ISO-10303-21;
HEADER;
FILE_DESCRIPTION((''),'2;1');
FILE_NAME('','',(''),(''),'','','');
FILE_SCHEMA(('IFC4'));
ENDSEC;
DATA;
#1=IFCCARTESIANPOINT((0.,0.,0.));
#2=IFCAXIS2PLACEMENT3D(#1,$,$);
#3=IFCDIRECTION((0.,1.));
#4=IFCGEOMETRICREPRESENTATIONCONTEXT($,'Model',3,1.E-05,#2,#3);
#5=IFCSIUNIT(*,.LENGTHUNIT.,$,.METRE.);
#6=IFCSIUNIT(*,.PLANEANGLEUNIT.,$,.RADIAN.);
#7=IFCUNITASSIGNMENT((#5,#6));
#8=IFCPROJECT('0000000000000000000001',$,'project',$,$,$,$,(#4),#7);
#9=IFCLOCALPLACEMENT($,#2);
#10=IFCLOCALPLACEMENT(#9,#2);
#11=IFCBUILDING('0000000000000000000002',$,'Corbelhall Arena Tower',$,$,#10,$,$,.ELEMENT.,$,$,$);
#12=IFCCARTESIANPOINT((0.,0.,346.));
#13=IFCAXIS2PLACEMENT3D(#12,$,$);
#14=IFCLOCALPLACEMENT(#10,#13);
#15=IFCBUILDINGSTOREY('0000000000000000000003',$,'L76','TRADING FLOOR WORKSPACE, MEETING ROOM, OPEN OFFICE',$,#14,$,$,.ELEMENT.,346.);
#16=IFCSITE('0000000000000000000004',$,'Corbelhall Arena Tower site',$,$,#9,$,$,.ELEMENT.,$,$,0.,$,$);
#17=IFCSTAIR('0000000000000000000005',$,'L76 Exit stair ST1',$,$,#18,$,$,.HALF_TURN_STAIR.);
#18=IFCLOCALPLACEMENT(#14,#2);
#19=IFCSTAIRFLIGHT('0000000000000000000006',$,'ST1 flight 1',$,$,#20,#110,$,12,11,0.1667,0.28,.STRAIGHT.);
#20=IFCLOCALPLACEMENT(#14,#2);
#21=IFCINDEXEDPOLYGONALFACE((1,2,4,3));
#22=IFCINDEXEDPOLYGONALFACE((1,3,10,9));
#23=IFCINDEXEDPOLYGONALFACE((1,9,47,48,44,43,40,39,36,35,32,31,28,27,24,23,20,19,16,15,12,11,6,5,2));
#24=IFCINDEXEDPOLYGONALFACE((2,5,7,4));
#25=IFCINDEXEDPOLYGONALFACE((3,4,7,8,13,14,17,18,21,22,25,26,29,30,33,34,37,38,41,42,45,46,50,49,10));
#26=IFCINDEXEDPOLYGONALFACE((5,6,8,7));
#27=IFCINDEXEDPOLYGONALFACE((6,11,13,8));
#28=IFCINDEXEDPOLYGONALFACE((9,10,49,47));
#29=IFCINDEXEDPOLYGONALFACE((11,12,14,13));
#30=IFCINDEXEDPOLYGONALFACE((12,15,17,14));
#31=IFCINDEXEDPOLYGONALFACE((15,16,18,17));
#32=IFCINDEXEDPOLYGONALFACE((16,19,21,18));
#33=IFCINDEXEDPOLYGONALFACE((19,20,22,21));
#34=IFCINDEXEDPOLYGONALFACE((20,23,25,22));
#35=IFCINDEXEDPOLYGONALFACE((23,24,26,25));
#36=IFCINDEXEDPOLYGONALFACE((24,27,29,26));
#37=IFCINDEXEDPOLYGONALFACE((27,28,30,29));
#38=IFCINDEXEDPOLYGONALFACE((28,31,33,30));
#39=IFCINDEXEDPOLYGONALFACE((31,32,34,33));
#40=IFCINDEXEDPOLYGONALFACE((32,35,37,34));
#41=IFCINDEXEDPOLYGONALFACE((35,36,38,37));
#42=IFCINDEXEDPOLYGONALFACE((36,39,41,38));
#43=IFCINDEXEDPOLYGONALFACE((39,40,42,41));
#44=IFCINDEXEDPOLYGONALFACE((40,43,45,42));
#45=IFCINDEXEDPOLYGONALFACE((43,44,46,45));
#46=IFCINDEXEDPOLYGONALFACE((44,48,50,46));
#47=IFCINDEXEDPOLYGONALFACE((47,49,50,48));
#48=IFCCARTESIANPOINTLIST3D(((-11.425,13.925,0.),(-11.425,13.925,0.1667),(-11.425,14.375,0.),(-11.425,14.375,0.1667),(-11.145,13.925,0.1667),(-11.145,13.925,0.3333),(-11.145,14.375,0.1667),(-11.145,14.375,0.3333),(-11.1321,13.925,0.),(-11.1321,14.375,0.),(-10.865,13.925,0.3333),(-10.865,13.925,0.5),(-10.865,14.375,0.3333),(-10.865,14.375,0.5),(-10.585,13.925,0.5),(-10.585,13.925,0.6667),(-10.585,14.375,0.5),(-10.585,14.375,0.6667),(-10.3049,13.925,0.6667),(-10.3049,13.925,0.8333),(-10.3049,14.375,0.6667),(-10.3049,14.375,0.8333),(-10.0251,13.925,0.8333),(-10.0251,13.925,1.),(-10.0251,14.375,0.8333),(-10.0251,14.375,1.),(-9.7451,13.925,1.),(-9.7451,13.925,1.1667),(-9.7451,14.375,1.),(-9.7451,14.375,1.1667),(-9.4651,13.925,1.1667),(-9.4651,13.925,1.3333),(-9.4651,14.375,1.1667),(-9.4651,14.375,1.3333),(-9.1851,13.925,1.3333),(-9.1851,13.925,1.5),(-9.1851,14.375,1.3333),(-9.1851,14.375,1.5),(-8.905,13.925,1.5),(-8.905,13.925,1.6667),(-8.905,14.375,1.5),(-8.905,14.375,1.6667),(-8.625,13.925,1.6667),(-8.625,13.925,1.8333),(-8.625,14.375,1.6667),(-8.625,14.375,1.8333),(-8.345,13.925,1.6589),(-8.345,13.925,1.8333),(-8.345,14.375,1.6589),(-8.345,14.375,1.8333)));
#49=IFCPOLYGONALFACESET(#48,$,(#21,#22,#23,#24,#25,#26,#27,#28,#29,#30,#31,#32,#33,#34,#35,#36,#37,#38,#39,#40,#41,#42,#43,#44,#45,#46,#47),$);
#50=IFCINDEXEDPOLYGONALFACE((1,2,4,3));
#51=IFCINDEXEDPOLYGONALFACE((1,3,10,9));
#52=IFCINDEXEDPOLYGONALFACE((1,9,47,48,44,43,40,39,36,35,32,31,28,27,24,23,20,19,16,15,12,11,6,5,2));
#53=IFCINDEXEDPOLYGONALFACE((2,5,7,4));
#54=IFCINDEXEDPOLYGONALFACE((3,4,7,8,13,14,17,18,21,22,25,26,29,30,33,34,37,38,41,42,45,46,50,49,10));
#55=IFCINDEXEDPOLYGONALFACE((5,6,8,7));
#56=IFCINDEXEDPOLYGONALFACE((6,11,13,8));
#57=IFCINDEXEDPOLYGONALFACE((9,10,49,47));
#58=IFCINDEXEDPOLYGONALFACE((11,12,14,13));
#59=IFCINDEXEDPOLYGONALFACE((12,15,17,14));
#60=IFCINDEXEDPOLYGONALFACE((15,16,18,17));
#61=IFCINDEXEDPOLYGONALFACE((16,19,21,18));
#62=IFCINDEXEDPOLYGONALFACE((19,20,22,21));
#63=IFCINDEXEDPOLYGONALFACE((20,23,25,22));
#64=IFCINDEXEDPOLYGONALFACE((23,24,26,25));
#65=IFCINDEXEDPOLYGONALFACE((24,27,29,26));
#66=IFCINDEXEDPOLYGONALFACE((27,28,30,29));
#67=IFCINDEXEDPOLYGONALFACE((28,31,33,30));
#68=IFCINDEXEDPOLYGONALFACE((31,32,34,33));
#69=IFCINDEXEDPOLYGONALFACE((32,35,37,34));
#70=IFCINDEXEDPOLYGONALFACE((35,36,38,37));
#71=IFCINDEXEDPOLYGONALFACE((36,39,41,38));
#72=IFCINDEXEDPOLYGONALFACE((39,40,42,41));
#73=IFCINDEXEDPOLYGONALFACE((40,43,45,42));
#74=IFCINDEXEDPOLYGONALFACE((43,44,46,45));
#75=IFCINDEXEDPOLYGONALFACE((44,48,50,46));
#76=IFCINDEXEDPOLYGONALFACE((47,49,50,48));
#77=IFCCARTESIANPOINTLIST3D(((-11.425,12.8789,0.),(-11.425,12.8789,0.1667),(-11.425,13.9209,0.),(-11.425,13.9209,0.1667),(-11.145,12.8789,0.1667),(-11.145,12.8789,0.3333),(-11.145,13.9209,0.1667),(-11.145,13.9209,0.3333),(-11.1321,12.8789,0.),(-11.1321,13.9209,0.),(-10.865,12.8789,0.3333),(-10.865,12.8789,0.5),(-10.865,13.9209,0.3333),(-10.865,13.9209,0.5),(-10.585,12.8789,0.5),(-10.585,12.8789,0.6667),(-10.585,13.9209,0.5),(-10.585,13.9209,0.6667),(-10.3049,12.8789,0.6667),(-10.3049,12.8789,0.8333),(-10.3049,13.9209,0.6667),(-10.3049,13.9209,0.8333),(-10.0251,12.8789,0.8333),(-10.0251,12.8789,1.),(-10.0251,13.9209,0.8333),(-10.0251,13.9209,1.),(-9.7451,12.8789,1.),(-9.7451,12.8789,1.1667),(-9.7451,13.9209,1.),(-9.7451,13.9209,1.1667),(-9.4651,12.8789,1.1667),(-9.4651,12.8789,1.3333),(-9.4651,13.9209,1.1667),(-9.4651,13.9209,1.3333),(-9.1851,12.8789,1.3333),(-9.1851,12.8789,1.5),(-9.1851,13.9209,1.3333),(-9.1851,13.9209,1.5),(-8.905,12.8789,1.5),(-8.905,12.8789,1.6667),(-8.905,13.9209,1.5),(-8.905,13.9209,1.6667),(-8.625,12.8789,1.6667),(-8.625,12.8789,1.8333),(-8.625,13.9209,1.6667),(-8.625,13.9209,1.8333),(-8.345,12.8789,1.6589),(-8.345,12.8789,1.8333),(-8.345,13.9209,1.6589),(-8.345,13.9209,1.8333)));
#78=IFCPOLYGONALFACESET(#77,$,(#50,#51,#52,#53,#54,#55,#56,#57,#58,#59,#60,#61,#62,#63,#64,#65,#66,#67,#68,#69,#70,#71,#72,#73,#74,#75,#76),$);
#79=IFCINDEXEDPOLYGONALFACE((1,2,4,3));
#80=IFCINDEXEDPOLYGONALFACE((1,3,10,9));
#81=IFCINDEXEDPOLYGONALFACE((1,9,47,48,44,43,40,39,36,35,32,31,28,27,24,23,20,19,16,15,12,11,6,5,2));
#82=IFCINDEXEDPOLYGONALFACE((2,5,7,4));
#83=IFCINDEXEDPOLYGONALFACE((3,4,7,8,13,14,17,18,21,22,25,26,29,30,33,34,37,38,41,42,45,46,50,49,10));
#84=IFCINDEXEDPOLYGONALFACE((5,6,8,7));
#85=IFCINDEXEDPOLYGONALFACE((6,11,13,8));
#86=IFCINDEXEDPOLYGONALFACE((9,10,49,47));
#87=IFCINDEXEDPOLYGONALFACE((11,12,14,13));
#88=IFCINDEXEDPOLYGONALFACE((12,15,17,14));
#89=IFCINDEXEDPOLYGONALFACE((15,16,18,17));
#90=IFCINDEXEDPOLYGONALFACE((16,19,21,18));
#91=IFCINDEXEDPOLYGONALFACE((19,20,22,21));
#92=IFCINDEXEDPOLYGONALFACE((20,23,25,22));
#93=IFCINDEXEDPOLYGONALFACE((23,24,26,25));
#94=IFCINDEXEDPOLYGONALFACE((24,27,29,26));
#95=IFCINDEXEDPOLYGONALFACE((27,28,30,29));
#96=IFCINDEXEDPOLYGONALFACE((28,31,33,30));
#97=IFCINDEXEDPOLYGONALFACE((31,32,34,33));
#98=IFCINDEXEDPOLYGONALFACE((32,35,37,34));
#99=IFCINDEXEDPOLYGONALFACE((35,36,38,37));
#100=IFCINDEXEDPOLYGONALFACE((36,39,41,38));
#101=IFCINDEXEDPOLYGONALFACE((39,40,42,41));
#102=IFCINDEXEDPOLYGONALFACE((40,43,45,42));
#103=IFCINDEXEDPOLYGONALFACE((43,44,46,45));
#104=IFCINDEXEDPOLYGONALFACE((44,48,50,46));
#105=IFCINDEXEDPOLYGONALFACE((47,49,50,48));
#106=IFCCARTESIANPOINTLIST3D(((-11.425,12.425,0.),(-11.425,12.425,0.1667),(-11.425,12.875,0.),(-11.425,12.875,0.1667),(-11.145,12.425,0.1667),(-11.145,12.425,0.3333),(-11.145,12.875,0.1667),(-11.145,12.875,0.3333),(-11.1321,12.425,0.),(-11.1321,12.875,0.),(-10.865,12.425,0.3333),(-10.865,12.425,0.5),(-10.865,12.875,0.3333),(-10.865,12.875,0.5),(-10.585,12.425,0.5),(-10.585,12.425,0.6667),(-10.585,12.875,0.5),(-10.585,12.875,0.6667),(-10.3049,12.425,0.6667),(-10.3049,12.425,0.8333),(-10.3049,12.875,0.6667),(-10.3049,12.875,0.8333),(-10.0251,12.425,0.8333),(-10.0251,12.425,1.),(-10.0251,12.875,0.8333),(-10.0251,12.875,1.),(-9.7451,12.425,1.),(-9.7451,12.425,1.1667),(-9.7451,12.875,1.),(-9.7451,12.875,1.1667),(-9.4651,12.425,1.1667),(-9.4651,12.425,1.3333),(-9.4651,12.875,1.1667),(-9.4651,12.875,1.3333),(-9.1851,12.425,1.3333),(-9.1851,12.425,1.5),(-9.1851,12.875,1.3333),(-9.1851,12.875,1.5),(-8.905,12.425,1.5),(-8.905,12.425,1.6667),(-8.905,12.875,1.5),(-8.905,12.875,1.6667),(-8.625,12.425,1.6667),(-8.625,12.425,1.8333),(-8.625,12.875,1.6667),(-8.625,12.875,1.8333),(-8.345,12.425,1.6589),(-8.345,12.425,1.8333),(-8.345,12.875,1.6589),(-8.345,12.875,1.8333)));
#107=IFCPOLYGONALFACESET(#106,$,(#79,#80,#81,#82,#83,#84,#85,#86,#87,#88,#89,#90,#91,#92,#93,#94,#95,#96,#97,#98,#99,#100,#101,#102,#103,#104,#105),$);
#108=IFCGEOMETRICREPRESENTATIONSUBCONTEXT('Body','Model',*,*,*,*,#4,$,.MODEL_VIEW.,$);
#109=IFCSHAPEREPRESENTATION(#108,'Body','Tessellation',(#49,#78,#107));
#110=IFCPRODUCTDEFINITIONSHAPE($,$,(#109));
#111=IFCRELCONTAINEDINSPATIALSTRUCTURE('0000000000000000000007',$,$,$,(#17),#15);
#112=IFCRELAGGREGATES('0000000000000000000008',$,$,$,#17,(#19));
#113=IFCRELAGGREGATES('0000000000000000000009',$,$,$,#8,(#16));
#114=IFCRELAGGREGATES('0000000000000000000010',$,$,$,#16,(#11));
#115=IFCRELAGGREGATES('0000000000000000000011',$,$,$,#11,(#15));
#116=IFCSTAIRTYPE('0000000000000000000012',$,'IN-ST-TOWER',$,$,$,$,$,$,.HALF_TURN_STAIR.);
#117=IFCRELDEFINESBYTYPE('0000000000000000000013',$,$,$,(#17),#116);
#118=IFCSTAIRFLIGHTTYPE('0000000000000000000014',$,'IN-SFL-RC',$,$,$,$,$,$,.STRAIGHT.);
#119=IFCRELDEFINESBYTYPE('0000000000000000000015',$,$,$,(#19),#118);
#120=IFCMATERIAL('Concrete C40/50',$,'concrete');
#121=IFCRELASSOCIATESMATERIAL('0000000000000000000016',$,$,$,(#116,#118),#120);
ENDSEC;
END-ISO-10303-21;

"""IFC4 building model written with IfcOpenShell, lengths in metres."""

from ifc_helpers import new_model, si_unit, direction, frame, origin, place, context, subcontext, project, spatial, polyline, outline, extrude, material, type_object, element, aggregate, save


model = new_model("IFC4")

# Units and contexts
model_context = context("Model", 3, precision=1e-05, world=origin(), true_north=direction((0.0, 1.0)))
body_context = subcontext(model_context, "Body", "Model", "MODEL_VIEW")
ifc_project = project(units=[si_unit("LENGTHUNIT", "METRE"), si_unit("PLANEANGLEUNIT", "RADIAN")], contexts=[model_context])

# Site, building, storey
site_placement = place(None, origin())
site = spatial("IfcSite", under=ifc_project, at=site_placement, Name="Corbelhall Arena Tower site", CompositionType="ELEMENT", RefElevation=0.0)
building_placement = place(site_placement, origin())
building = spatial("IfcBuilding", under=site, at=building_placement, Name="Corbelhall Arena Tower", CompositionType="ELEMENT")
storey_placement = place(building_placement, frame((0.0, 0.0, 346.0)))
storey = spatial("IfcBuildingStorey", under=building, at=storey_placement, Name="L76", Description="TRADING FLOOR WORKSPACE, MEETING ROOM, OPEN OFFICE", CompositionType="ELEMENT", Elevation=346.0)

# Shared definitions
ifc_material_1 = material(Name="Concrete C40/50", Category="concrete")

# Stair, stair flight
stair_type = type_object("IfcStairType", Name="IN-ST-TOWER", PredefinedType="HALF_TURN_STAIR", material=ifc_material_1)
stair_placement = place(storey_placement, origin())
stair = element("IfcStair", 1, at=stair_placement, inside=storey, type_object=stair_type, Name="L76 Exit stair ST1", PredefinedType="HALF_TURN_STAIR")
stair_flight_type = type_object("IfcStairFlightType", Name="IN-SFL-RC", PredefinedType="STRAIGHT", material=ifc_material_1)
stair_flight_1_placement = place(storey_placement, frame((-11.425, 13.3999, 0.0), z_axis=(0.0, 0.0, 1.0), x_axis=(1.0, 0.0, 0.0)))
stair_flight_1 = element("IfcStairFlight", 2, at=stair_flight_1_placement, type_object=stair_flight_type, Name="ST1 flight 1", NumberOfRisers=12, NumberOfTreads=11, PredefinedType="STRAIGHT", RiserHeight=0.1667, TreadLength=0.28, context=body_context, shape_type="SweptSolid", body=[
    extrude(outline(polyline([(0.0, 0.0), (0.0, 0.1667), (0.28, 0.1667), (0.28, 0.3333), (0.5601, 0.3333), (0.5601, 0.5), (0.8401, 0.5), (0.8401, 0.6667), (1.1201, 0.6667), (1.1201, 0.8333), (1.3999, 0.8333), (1.3999, 1.0), (1.6799, 1.0), (1.6799, 1.1667), (1.96, 1.1667), (1.96, 1.3333), (2.24, 1.3333), (2.24, 1.5), (2.52, 1.5), (2.52, 1.6667), (2.8, 1.6667), (2.8, 1.8333), (3.0801, 1.8333), (3.0801, 2.0), (3.0801, 1.6589), (0.293, 0.0), (0.0, 0.0)])), frame((0.0, 0.9751, 0.0), z_axis=(0.0, -1.0, 0.0), x_axis=(1.0, 0.0, 0.0)), (0.0, 0.0, 1.0), 0.45),
    extrude(outline(polyline([(0.0, 0.0), (0.0, 0.1667), (0.28, 0.1667), (0.28, 0.3333), (0.5601, 0.3333), (0.5601, 0.5), (0.8401, 0.5), (0.8401, 0.6667), (1.1201, 0.6667), (1.1201, 0.8333), (1.3999, 0.8333), (1.3999, 1.0), (1.6799, 1.0), (1.6799, 1.1667), (1.96, 1.1667), (1.96, 1.3333), (2.24, 1.3333), (2.24, 1.5), (2.52, 1.5), (2.52, 1.6667), (2.8, 1.6667), (2.8, 1.8333), (3.0801, 1.8333), (3.0801, 2.0), (3.0801, 1.6589), (0.293, 0.0), (0.0, 0.0)])), frame((0.0, 0.521, 0.0), z_axis=(0.0, -1.0, 0.0), x_axis=(1.0, 0.0, 0.0)), (0.0, 0.0, 1.0), 1.042),
    extrude(outline(polyline([(0.0, 0.0), (0.0, 0.1667), (0.28, 0.1667), (0.28, 0.3333), (0.5601, 0.3333), (0.5601, 0.5), (0.8401, 0.5), (0.8401, 0.6667), (1.1201, 0.6667), (1.1201, 0.8333), (1.3999, 0.8333), (1.3999, 1.0), (1.6799, 1.0), (1.6799, 1.1667), (1.96, 1.1667), (1.96, 1.3333), (2.24, 1.3333), (2.24, 1.5), (2.52, 1.5), (2.52, 1.6667), (2.8, 1.6667), (2.8, 1.8333), (3.0801, 1.8333), (3.0801, 2.0), (3.0801, 1.6589), (0.293, 0.0), (0.0, 0.0)])), frame((0.0, -0.5249, 0.0), z_axis=(0.0, -1.0, 0.0), x_axis=(1.0, 0.0, 0.0)), (0.0, 0.0, 1.0), 0.45),
])
aggregate(stair, [stair_flight_1])

save(model, "model.ifc")
